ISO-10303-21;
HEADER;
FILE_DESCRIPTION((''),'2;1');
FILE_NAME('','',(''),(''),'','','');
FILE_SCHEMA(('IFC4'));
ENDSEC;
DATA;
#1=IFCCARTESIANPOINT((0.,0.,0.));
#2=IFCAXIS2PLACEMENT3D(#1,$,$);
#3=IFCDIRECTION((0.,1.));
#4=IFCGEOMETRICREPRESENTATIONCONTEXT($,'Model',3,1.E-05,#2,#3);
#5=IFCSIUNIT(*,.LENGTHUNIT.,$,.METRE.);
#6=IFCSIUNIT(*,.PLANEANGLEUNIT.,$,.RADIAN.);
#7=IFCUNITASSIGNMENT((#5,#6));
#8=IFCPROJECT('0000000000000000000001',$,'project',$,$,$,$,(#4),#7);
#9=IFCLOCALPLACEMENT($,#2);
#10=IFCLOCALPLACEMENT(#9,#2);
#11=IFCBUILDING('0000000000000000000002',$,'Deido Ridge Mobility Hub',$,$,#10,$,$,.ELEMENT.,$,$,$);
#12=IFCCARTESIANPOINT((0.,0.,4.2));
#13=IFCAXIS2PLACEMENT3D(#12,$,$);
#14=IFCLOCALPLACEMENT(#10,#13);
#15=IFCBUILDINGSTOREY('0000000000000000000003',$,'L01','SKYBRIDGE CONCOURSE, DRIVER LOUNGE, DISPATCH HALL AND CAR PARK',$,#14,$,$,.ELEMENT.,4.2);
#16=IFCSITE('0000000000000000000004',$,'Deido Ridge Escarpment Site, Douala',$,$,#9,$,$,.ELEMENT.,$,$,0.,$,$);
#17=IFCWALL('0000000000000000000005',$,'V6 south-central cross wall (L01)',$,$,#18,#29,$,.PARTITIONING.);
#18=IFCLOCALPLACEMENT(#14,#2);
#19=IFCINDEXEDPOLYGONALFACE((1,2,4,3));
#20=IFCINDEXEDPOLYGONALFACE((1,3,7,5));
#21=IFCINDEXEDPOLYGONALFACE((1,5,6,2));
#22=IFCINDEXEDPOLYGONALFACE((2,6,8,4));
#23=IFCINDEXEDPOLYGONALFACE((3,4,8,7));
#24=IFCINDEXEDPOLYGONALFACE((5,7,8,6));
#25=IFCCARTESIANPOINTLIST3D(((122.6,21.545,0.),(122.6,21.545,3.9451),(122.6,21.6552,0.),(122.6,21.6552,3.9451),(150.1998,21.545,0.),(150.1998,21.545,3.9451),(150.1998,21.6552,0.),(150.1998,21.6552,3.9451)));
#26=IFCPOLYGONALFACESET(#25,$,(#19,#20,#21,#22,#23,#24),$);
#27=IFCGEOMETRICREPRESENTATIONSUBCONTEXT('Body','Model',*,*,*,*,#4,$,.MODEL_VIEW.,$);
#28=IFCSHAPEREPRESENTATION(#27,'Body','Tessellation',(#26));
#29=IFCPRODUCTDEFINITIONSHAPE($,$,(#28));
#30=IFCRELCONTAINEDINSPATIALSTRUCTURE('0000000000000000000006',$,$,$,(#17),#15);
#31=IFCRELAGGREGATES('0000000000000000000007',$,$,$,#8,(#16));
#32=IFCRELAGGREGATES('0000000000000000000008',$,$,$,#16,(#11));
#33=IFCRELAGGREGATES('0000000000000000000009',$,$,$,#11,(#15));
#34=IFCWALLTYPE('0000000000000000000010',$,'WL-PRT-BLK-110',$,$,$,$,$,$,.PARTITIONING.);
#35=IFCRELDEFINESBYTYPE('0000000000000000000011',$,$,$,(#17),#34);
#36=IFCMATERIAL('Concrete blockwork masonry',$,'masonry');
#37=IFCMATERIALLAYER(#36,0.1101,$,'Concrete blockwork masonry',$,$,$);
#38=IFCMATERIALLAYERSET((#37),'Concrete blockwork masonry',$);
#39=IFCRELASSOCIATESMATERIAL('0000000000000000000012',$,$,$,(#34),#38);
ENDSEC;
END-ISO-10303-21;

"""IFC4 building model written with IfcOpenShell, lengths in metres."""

from ifc_helpers import new_model, si_unit, direction, frame, frame_2d, origin, place, context, subcontext, project, spatial, rectangle, extrude, material, layer, layer_set, type_object, element, save


model = new_model("IFC4")

# Units and contexts
model_context = context("Model", 3, precision=1e-05, world=origin(), true_north=direction((0.0, 1.0)))
body_context = subcontext(model_context, "Body", "Model", "MODEL_VIEW")
ifc_project = project(units=[si_unit("LENGTHUNIT", "METRE"), si_unit("PLANEANGLEUNIT", "RADIAN")], contexts=[model_context])

# Site, building, storey
site_placement = place(None, origin())
site = spatial("IfcSite", under=ifc_project, at=site_placement, Name="Deido Ridge Escarpment Site, Douala", CompositionType="ELEMENT", RefElevation=0.0)
building_placement = place(site_placement, origin())
building = spatial("IfcBuilding", under=site, at=building_placement, Name="Deido Ridge Mobility Hub", CompositionType="ELEMENT")
storey_placement = place(building_placement, frame((0.0, 0.0, 4.2)))
storey = spatial("IfcBuildingStorey", under=building, at=storey_placement, Name="L01", Description="SKYBRIDGE CONCOURSE, DRIVER LOUNGE, DISPATCH HALL AND CAR PARK", CompositionType="ELEMENT", Elevation=4.2)

# Wall
ifc_material_1 = material(Name="Concrete blockwork masonry", Category="masonry")
ifc_layer_1 = layer(ifc_material_1, 0.1101, Name="Concrete blockwork masonry")
ifc_layer_set_1 = layer_set([ifc_layer_1], Name="Concrete blockwork masonry")
wall_type_1 = type_object("IfcWallType", Name="WL-PRT-BLK-110", PredefinedType="PARTITIONING", material=ifc_layer_set_1)
wall_1_placement = place(storey_placement, frame((122.6001, 21.6001, 0.0), z_axis=(0.0, 0.0, 1.0), x_axis=(1.0, 0.0, 0.0)))
element("IfcWall", 1, at=wall_1_placement, inside=storey, type_object=wall_type_1, Name="V6 south-central cross wall (L01)", PredefinedType="PARTITIONING", context=body_context, shape_type="SweptSolid", body=[
    extrude(rectangle(XDim=27.5999, YDim=0.1101, at=frame_2d((13.7998, 0.0))), origin(), (0.0, 0.0, 1.0), 3.9451),
])

save(model, "model.ifc")
